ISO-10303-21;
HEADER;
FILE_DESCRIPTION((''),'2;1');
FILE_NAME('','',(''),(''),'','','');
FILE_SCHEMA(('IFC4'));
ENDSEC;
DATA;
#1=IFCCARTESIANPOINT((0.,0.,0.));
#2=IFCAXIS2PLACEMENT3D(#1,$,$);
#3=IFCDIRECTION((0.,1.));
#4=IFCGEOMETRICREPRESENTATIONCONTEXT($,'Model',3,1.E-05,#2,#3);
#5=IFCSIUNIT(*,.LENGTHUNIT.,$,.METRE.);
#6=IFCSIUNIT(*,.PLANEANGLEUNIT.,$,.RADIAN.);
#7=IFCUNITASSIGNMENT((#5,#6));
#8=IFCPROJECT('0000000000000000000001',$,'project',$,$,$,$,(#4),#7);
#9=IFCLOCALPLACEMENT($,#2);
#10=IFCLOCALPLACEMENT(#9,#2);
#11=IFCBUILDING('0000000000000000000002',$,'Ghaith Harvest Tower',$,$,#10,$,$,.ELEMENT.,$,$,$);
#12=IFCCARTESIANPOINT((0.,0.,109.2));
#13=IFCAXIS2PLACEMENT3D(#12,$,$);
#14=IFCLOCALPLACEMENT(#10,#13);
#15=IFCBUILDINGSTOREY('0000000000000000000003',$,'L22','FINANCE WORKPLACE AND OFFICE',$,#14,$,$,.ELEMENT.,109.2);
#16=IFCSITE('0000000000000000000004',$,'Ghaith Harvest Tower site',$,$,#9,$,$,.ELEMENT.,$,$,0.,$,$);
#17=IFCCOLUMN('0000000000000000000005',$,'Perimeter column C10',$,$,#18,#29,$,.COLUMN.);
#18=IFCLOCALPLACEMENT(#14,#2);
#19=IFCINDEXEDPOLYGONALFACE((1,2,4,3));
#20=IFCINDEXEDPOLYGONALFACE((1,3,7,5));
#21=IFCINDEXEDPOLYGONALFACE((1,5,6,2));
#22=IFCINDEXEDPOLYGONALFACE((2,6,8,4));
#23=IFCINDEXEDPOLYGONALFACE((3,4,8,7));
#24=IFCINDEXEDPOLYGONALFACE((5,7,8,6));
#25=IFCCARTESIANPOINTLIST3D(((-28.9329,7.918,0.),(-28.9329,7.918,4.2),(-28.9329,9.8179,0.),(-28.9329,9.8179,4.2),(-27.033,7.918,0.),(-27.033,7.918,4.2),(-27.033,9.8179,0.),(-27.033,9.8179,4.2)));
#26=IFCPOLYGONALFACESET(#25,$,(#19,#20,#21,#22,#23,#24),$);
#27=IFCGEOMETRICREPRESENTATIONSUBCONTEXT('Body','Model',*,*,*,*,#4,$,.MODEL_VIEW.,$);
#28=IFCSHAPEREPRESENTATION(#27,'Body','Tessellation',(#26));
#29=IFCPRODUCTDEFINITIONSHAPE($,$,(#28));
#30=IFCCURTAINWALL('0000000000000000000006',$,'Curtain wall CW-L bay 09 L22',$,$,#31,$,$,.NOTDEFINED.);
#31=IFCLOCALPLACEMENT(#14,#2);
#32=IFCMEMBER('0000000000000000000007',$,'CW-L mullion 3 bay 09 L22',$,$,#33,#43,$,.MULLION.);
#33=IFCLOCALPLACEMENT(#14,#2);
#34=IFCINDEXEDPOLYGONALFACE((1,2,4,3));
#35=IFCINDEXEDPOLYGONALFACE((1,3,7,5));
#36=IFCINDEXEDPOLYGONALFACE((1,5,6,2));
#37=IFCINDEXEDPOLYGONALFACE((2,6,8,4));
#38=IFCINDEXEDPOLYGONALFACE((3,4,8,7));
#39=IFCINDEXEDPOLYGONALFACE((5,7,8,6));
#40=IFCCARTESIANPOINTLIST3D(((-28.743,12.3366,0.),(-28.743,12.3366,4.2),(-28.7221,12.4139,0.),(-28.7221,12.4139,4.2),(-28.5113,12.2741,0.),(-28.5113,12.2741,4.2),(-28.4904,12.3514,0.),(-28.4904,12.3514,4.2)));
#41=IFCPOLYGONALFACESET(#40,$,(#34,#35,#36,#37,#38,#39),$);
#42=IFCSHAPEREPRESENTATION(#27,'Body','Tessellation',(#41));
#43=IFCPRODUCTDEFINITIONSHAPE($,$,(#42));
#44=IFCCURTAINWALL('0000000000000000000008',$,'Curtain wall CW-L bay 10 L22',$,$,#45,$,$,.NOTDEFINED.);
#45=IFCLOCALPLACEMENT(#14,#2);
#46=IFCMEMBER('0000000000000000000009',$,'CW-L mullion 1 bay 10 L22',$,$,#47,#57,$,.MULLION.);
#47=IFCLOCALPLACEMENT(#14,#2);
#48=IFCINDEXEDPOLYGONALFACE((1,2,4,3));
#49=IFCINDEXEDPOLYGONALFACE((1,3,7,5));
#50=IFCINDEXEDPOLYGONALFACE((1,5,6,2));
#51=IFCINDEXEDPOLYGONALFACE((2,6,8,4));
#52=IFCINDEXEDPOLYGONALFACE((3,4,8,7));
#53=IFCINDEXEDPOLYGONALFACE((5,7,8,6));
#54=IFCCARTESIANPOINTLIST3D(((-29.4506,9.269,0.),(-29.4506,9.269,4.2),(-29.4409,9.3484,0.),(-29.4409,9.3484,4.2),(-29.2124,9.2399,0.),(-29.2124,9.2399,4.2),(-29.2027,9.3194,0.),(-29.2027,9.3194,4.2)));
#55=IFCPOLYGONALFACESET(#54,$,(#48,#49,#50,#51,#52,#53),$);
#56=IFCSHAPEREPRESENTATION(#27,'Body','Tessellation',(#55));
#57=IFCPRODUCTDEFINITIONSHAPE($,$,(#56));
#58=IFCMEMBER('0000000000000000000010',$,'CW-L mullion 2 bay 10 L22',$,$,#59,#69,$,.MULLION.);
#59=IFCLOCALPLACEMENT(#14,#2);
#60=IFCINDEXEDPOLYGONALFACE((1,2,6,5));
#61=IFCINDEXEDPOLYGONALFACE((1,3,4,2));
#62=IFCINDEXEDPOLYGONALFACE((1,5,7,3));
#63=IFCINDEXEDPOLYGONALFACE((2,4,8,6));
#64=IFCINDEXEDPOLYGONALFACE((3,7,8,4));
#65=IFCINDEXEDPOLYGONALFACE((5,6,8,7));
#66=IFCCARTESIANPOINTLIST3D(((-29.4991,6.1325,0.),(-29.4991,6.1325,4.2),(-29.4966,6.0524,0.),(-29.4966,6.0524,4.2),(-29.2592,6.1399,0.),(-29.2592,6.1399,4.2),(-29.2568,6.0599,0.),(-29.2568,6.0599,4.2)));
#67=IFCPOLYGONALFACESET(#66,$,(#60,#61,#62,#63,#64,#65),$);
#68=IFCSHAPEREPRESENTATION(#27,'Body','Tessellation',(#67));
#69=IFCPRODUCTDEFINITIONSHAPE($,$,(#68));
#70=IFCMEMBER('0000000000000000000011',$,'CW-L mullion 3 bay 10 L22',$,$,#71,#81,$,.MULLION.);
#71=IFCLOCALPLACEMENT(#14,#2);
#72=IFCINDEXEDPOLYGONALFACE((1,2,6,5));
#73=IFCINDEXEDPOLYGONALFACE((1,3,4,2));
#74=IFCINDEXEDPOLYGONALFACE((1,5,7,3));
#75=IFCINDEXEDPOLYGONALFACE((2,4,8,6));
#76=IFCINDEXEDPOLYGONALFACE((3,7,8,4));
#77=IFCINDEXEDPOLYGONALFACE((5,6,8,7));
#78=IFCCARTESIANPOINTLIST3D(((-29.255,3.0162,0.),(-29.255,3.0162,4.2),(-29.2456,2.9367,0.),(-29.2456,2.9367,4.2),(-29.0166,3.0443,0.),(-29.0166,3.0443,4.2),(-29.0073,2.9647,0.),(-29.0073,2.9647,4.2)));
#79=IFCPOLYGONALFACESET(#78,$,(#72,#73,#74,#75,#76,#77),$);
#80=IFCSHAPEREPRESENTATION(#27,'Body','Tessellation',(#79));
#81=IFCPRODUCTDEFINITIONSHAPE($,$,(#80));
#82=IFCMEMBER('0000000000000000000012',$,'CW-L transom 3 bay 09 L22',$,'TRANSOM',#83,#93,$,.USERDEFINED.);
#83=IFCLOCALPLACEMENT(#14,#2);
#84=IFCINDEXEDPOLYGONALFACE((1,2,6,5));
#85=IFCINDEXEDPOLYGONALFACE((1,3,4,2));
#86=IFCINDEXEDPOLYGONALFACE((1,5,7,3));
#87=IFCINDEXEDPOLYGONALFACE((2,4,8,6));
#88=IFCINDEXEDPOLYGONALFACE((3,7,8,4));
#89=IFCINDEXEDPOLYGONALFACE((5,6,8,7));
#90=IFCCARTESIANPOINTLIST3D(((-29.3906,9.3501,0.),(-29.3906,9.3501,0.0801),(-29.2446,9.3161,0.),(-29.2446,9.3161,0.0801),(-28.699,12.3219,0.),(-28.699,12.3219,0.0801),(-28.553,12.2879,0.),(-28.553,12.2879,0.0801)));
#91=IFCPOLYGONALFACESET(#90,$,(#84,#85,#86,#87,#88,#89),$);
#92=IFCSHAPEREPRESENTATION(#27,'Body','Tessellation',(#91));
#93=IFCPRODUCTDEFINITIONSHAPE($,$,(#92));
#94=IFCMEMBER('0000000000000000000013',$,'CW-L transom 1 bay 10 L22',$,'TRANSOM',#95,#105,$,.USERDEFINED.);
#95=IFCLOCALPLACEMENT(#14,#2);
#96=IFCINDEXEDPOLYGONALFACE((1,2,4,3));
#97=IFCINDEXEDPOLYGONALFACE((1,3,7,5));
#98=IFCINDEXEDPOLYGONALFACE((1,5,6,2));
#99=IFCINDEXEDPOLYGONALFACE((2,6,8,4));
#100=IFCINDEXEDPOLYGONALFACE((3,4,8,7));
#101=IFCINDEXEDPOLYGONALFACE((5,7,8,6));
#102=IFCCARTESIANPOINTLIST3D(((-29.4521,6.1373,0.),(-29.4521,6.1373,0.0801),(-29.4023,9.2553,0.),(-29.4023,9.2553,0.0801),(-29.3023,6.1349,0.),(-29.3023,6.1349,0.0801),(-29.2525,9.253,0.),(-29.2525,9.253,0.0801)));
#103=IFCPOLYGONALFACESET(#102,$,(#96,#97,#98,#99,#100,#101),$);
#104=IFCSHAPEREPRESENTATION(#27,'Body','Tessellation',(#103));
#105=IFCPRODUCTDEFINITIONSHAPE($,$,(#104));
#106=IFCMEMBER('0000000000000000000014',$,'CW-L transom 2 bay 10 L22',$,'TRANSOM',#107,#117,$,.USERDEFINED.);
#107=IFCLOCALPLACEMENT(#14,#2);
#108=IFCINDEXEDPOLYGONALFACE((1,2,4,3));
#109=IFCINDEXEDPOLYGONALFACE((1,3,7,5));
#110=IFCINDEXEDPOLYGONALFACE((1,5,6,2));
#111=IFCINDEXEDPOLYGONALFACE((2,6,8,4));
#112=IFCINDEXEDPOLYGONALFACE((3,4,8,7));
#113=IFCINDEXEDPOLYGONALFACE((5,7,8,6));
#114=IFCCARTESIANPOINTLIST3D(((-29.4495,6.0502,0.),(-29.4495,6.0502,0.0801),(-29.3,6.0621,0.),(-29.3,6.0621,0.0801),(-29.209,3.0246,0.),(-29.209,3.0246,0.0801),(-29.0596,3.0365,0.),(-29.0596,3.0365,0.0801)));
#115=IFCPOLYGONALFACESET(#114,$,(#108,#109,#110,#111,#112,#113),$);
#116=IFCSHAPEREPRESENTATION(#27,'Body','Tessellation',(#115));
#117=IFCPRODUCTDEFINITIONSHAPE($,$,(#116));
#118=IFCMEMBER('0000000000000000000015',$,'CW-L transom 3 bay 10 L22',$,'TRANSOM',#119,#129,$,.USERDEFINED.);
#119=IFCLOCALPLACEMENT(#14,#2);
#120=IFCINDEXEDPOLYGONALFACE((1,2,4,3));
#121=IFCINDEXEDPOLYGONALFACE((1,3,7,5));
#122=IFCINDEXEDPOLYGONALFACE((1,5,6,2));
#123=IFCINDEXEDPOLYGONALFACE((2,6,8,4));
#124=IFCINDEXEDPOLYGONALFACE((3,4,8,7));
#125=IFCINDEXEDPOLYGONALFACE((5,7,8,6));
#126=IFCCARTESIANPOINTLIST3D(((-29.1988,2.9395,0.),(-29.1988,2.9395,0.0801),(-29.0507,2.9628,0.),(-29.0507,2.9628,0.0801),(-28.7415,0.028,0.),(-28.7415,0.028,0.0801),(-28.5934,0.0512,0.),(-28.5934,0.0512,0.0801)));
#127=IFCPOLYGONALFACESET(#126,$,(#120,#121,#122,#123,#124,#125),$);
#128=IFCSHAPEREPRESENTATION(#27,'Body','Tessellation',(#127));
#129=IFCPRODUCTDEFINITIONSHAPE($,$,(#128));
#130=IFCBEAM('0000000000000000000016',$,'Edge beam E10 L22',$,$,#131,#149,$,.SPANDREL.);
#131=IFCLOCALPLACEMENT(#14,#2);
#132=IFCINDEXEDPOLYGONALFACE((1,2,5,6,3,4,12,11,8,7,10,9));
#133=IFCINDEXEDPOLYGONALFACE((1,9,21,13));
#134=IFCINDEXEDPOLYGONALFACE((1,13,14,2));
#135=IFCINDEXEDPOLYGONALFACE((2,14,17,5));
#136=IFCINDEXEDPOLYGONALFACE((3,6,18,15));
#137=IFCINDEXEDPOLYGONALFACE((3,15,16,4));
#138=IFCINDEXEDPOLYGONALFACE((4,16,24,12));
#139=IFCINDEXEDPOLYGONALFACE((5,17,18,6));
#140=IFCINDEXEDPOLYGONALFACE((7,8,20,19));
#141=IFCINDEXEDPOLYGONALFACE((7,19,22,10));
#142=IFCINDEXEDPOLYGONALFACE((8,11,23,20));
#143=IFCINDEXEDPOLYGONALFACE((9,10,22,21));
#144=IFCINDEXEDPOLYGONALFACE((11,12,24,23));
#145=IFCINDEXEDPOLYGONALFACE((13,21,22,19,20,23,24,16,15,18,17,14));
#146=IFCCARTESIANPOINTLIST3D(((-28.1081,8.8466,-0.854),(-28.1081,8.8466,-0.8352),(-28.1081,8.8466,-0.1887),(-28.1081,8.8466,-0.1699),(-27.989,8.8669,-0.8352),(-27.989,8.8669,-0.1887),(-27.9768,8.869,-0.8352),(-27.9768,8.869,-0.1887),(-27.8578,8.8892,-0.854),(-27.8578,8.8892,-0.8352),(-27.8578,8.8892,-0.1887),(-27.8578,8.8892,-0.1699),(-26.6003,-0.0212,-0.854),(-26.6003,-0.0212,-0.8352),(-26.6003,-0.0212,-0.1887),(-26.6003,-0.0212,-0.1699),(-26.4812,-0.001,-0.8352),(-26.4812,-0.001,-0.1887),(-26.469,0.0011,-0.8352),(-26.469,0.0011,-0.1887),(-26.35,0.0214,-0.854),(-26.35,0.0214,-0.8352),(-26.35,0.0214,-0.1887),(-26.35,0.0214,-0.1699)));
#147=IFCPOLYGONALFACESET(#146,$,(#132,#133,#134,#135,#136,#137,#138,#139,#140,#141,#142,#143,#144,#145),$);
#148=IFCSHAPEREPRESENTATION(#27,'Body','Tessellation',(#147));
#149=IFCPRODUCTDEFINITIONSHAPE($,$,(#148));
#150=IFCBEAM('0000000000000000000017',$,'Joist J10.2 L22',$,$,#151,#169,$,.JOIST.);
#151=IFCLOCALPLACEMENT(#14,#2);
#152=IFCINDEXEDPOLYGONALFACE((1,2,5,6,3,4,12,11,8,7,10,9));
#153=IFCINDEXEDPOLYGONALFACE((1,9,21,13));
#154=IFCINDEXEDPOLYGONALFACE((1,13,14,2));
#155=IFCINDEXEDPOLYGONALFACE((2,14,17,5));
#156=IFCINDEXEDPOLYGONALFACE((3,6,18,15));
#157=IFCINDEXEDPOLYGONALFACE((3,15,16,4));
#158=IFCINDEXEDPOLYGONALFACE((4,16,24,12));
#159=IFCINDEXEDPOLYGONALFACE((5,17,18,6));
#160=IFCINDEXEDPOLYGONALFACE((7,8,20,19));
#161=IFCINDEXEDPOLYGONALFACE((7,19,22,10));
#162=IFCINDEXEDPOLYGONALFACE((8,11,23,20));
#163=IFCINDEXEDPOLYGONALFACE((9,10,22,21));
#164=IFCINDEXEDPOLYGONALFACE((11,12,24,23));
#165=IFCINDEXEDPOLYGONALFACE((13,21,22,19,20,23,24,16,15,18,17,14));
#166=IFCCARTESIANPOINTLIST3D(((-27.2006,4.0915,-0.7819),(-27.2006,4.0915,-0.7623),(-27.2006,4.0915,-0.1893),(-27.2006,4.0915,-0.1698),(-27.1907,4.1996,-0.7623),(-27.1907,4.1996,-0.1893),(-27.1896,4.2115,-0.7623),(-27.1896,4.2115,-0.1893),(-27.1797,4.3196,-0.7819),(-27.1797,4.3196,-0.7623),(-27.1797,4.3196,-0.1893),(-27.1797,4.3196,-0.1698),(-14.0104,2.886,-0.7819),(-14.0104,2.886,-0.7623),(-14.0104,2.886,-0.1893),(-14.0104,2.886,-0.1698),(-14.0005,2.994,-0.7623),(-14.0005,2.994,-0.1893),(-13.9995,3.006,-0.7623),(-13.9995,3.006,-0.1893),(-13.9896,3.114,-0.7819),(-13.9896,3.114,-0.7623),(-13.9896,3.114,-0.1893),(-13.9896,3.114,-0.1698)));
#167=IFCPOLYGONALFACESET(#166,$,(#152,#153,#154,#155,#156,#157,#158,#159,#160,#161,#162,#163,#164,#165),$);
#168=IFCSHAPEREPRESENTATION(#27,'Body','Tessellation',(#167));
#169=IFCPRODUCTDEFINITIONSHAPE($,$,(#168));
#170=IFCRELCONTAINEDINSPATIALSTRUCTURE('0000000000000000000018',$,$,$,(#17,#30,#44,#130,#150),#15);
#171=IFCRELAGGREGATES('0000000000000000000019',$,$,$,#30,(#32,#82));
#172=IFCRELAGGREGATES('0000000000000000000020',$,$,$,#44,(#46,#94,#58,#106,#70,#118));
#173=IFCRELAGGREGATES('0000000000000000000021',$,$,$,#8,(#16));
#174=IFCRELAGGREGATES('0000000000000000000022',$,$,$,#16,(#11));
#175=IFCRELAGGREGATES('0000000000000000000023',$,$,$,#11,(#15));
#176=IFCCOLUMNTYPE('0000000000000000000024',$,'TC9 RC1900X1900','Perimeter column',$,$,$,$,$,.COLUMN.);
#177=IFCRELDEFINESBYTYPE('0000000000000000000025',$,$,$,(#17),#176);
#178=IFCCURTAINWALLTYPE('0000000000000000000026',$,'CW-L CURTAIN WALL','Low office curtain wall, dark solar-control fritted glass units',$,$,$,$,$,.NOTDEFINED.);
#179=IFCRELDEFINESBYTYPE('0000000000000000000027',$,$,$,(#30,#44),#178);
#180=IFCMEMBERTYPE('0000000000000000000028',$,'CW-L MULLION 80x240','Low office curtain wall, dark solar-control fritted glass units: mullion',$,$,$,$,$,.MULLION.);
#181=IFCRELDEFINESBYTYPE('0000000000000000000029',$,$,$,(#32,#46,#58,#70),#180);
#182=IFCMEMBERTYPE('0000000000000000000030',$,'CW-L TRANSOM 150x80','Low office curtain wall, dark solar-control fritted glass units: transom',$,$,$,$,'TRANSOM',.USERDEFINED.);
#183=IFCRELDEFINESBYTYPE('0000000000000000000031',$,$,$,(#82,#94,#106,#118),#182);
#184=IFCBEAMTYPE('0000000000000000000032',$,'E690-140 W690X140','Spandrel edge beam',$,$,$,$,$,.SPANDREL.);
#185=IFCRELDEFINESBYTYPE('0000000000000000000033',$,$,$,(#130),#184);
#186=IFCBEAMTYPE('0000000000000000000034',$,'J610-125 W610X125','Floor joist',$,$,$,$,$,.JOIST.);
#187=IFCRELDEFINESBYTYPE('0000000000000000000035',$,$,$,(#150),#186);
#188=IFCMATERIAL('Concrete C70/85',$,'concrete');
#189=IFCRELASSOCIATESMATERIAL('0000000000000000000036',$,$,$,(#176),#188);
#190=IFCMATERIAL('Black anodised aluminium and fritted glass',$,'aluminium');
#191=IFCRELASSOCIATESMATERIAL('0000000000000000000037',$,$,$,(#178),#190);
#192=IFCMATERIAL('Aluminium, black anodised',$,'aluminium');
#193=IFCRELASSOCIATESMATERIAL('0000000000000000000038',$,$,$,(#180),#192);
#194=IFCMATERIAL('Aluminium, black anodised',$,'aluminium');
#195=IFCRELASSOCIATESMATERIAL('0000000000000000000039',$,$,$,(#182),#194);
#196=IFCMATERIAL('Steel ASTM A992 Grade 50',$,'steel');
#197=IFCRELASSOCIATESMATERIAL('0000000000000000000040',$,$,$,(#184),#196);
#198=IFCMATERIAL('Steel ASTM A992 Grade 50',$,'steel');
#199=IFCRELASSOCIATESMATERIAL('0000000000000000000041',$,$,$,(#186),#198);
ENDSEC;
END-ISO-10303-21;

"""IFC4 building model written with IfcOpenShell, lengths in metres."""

from ifc_helpers import new_model, si_unit, direction, frame, origin, origin_2d, place, context, subcontext, project, spatial, rectangle, i_section, extrude, material, material_profile, profile_set, type_object, element, aggregate, save


model = new_model("IFC4")

# Units and contexts
model_context = context("Model", 3, precision=1e-05, world=origin(), true_north=direction((0.0, 1.0)))
body_context = subcontext(model_context, "Body", "Model", "MODEL_VIEW")
ifc_project = project(units=[si_unit("LENGTHUNIT", "METRE"), si_unit("PLANEANGLEUNIT", "RADIAN")], contexts=[model_context])

# Site, building, storey
site_placement = place(None, origin())
site = spatial("IfcSite", under=ifc_project, at=site_placement, Name="Ghaith Harvest Tower site", CompositionType="ELEMENT", RefElevation=0.0)
building_placement = place(site_placement, origin())
building = spatial("IfcBuilding", under=site, at=building_placement, Name="Ghaith Harvest Tower", CompositionType="ELEMENT")
storey_placement = place(building_placement, frame((0.0, 0.0, 109.2)))
storey = spatial("IfcBuildingStorey", under=building, at=storey_placement, Name="L22", Description="FINANCE WORKPLACE AND OFFICE", CompositionType="ELEMENT", Elevation=109.2)

# Column
ifc_material_1 = material(Name="Concrete C70/85", Category="concrete")
ifc_material_profile_1 = material_profile(ifc_material_1, rectangle(XDim=1.8999, YDim=1.8999, at=origin_2d()), Name="RC1900X1900")
ifc_profile_set_1 = profile_set([ifc_material_profile_1], Name="Concrete C70/85")
column_type = type_object("IfcColumnType", Name="TC9 RC1900X1900", Description="Perimeter column", PredefinedType="COLUMN", material=ifc_profile_set_1)
column_placement = place(storey_placement, frame((-27.9829, 8.8679, 0.0), z_axis=(0.0, 0.0, 1.0), x_axis=(1.0, 0.0, 0.0)))
element("IfcColumn", 1, at=column_placement, inside=storey, type_object=column_type, Name="Perimeter column C10", PredefinedType="COLUMN", context=body_context, shape_type="SweptSolid", body=[
    extrude(rectangle(XDim=1.8999, YDim=1.8999, at=origin_2d()), origin(), (0.0, 0.0, 1.0), 4.2),
])

# Curtain wall, member
ifc_material_2 = material(Name="Black anodised aluminium and fritted glass", Category="aluminium")
curtain_wall_type = type_object("IfcCurtainWallType", Name="CW-L CURTAIN WALL", Description="Low office curtain wall, dark solar-control fritted glass units", PredefinedType="NOTDEFINED", material=ifc_material_2)
curtain_wall_1_placement = place(storey_placement, origin())
curtain_wall_1 = element("IfcCurtainWall", 2, at=curtain_wall_1_placement, inside=storey, type_object=curtain_wall_type, Name="Curtain wall CW-L bay 09 L22", PredefinedType="NOTDEFINED")
ifc_material_3 = material(Name="Aluminium, black anodised", Category="aluminium")
ifc_material_profile_2 = material_profile(ifc_material_3, rectangle(XDim=0.0801, YDim=0.24, at=origin_2d()), Name="CW-L MULLION 80x240")
ifc_profile_set_2 = profile_set([ifc_material_profile_2], Name="Aluminium, black anodised")
member_type_1 = type_object("IfcMemberType", Name="CW-L MULLION 80x240", Description="Low office curtain wall, dark solar-control fritted glass units: mullion", PredefinedType="MULLION", material=ifc_profile_set_2)
member_1_placement = place(storey_placement, frame((-28.6167, 12.344, 0.0), z_axis=(0.0, 0.0, 1.0), x_axis=(-0.260727, -0.965412, 0.0)))
member_1 = element("IfcMember", 3, at=member_1_placement, type_object=member_type_1, Name="CW-L mullion 3 bay 09 L22", PredefinedType="MULLION", context=body_context, shape_type="SweptSolid", body=[
    extrude(rectangle(XDim=0.0801, YDim=0.24, at=origin_2d()), origin(), (0.0, 0.0, 1.0), 4.2),
])

# Curtain wall, members
curtain_wall_2_placement = place(storey_placement, origin())
curtain_wall_2 = element("IfcCurtainWall", 4, at=curtain_wall_2_placement, inside=storey, type_object=curtain_wall_type, Name="Curtain wall CW-L bay 10 L22", PredefinedType="NOTDEFINED")
member_2_placement = place(storey_placement, frame((-29.3267, 9.2942, 0.0), z_axis=(0.0, 0.0, 1.0), x_axis=(-0.120932, -0.992661, 0.0)))
member_2 = element("IfcMember", 5, at=member_2_placement, type_object=member_type_1, Name="CW-L mullion 1 bay 10 L22", PredefinedType="MULLION", context=body_context, shape_type="SweptSolid", body=[
    extrude(rectangle(XDim=0.0801, YDim=0.24, at=origin_2d()), origin(), (0.0, 0.0, 1.0), 4.2),
])
member_3_placement = place(storey_placement, frame((-29.3779, 6.0962, 0.0), z_axis=(0.0, 0.0, 1.0), x_axis=(0.031028, -0.999519, 0.0)))
member_3 = element("IfcMember", 6, at=member_3_placement, type_object=member_type_1, Name="CW-L mullion 2 bay 10 L22", PredefinedType="MULLION", context=body_context, shape_type="SweptSolid", body=[
    extrude(rectangle(XDim=0.0801, YDim=0.24, at=origin_2d()), origin(), (0.0, 0.0, 1.0), 4.2),
])
member_4_placement = place(storey_placement, frame((-29.1311, 2.9905, 0.0), z_axis=(0.0, 0.0, 1.0), x_axis=(0.116764, -0.99316, 0.0)))
member_4 = element("IfcMember", 7, at=member_4_placement, type_object=member_type_1, Name="CW-L mullion 3 bay 10 L22", PredefinedType="MULLION", context=body_context, shape_type="SweptSolid", body=[
    extrude(rectangle(XDim=0.0801, YDim=0.24, at=origin_2d()), origin(), (0.0, 0.0, 1.0), 4.2),
])

# Members
ifc_material_4 = material(Name="Aluminium, black anodised", Category="aluminium")
ifc_material_profile_3 = material_profile(ifc_material_4, rectangle(XDim=0.1499, YDim=0.0801, at=origin_2d()), Name="CW-L TRANSOM 150x80")
ifc_profile_set_3 = profile_set([ifc_material_profile_3], Name="Aluminium, black anodised")
member_type_2 = type_object("IfcMemberType", Name="CW-L TRANSOM 150x80", Description="Low office curtain wall, dark solar-control fritted glass units: transom", ElementType="TRANSOM", PredefinedType="USERDEFINED", material=ifc_profile_set_3)
member_5_placement = place(storey_placement, frame((-28.626, 12.3049, 0.04), z_axis=(-0.226671, -0.973971, 0.0), x_axis=(0.973971, -0.226671, 0.0)))
member_5 = element("IfcMember", 8, at=member_5_placement, type_object=member_type_2, Name="CW-L transom 3 bay 09 L22", ObjectType="TRANSOM", PredefinedType="USERDEFINED", context=body_context, shape_type="SweptSolid", body=[
    extrude(rectangle(XDim=0.1499, YDim=0.0801, at=origin_2d()), origin(), (0.0, 0.0, 1.0), 3.0513),
])
member_6_placement = place(storey_placement, frame((-29.3274, 9.2542, 0.04), z_axis=(-0.015972, -0.999872, 0.0), x_axis=(0.999872, -0.015972, 0.0)))
member_6 = element("IfcMember", 9, at=member_6_placement, type_object=member_type_2, Name="CW-L transom 1 bay 10 L22", ObjectType="TRANSOM", PredefinedType="USERDEFINED", context=body_context, shape_type="SweptSolid", body=[
    extrude(rectangle(XDim=0.1499, YDim=0.0801, at=origin_2d()), origin(), (0.0, 0.0, 1.0), 3.1184),
])
member_7_placement = place(storey_placement, frame((-29.3748, 6.0562, 0.04), z_axis=(0.07923, -0.996856, 0.0), x_axis=(0.996856, 0.07923, 0.0)))
member_7 = element("IfcMember", 10, at=member_7_placement, type_object=member_type_2, Name="CW-L transom 2 bay 10 L22", ObjectType="TRANSOM", PredefinedType="USERDEFINED", context=body_context, shape_type="SweptSolid", body=[
    extrude(rectangle(XDim=0.1499, YDim=0.0801, at=origin_2d()), origin(), (0.0, 0.0, 1.0), 3.0352),
])
member_8_placement = place(storey_placement, frame((-29.1248, 2.9512, 0.04), z_axis=(0.15515, -0.987891, 0.0), x_axis=(0.987891, 0.15515, 0.0)))
member_8 = element("IfcMember", 11, at=member_8_placement, type_object=member_type_2, Name="CW-L transom 3 bay 10 L22", ObjectType="TRANSOM", PredefinedType="USERDEFINED", context=body_context, shape_type="SweptSolid", body=[
    extrude(rectangle(XDim=0.1499, YDim=0.0801, at=origin_2d()), origin(), (0.0, 0.0, 1.0), 2.9473),
])

# Beams
ifc_material_5 = material(Name="Steel ASTM A992 Grade 50", Category="steel")
ifc_material_profile_4 = material_profile(ifc_material_5, i_section(OverallWidth=0.2539, OverallDepth=0.6841, WebThickness=0.0125, FlangeThickness=0.0188, at=origin_2d()), Name="W690X140")
ifc_profile_set_4 = profile_set([ifc_material_profile_4], Name="Steel ASTM A992 Grade 50")
beam_type_1 = type_object("IfcBeamType", Name="E690-140 W690X140", Description="Spandrel edge beam", PredefinedType="SPANDREL", material=ifc_profile_set_4)
beam_1_placement = place(storey_placement, frame((-27.9829, 8.8679, -0.512), z_axis=(0.167624, -0.985851, 0.0), x_axis=(0.985851, 0.167624, 0.0)))
element("IfcBeam", 12, at=beam_1_placement, inside=storey, type_object=beam_type_1, Name="Edge beam E10 L22", PredefinedType="SPANDREL", context=body_context, shape_type="SweptSolid", body=[
    extrude(i_section(OverallWidth=0.2539, OverallDepth=0.6841, WebThickness=0.0125, FlangeThickness=0.0188, at=origin_2d()), origin(), (0.0, 0.0, 1.0), 8.9951),
])
ifc_material_6 = material(Name="Steel ASTM A992 Grade 50", Category="steel")
ifc_material_profile_5 = material_profile(ifc_material_6, i_section(OverallWidth=0.229, OverallDepth=0.6121, WebThickness=0.012, FlangeThickness=0.0195, at=origin_2d()), Name="W610X125")
ifc_profile_set_5 = profile_set([ifc_material_profile_5], Name="Steel ASTM A992 Grade 50")
beam_type_2 = type_object("IfcBeamType", Name="J610-125 W610X125", Description="Floor joist", PredefinedType="JOIST", material=ifc_profile_set_5)
beam_2_placement = place(storey_placement, frame((-14.0, 3.0, -0.4758), z_axis=(-0.995849, 0.091019, 0.0), x_axis=(-0.091019, -0.995849, 0.0)))
element("IfcBeam", 13, at=beam_2_placement, inside=storey, type_object=beam_type_2, Name="Joist J10.2 L22", PredefinedType="JOIST", context=body_context, shape_type="SweptSolid", body=[
    extrude(i_section(OverallWidth=0.229, OverallDepth=0.6121, WebThickness=0.012, FlangeThickness=0.0195, at=origin_2d()), origin(), (0.0, 0.0, 1.0), 13.2451),
])

aggregate(curtain_wall_1, [member_1, member_5])
aggregate(curtain_wall_2, [member_2, member_6, member_3, member_7, member_4, member_8])

save(model, "model.ifc")
